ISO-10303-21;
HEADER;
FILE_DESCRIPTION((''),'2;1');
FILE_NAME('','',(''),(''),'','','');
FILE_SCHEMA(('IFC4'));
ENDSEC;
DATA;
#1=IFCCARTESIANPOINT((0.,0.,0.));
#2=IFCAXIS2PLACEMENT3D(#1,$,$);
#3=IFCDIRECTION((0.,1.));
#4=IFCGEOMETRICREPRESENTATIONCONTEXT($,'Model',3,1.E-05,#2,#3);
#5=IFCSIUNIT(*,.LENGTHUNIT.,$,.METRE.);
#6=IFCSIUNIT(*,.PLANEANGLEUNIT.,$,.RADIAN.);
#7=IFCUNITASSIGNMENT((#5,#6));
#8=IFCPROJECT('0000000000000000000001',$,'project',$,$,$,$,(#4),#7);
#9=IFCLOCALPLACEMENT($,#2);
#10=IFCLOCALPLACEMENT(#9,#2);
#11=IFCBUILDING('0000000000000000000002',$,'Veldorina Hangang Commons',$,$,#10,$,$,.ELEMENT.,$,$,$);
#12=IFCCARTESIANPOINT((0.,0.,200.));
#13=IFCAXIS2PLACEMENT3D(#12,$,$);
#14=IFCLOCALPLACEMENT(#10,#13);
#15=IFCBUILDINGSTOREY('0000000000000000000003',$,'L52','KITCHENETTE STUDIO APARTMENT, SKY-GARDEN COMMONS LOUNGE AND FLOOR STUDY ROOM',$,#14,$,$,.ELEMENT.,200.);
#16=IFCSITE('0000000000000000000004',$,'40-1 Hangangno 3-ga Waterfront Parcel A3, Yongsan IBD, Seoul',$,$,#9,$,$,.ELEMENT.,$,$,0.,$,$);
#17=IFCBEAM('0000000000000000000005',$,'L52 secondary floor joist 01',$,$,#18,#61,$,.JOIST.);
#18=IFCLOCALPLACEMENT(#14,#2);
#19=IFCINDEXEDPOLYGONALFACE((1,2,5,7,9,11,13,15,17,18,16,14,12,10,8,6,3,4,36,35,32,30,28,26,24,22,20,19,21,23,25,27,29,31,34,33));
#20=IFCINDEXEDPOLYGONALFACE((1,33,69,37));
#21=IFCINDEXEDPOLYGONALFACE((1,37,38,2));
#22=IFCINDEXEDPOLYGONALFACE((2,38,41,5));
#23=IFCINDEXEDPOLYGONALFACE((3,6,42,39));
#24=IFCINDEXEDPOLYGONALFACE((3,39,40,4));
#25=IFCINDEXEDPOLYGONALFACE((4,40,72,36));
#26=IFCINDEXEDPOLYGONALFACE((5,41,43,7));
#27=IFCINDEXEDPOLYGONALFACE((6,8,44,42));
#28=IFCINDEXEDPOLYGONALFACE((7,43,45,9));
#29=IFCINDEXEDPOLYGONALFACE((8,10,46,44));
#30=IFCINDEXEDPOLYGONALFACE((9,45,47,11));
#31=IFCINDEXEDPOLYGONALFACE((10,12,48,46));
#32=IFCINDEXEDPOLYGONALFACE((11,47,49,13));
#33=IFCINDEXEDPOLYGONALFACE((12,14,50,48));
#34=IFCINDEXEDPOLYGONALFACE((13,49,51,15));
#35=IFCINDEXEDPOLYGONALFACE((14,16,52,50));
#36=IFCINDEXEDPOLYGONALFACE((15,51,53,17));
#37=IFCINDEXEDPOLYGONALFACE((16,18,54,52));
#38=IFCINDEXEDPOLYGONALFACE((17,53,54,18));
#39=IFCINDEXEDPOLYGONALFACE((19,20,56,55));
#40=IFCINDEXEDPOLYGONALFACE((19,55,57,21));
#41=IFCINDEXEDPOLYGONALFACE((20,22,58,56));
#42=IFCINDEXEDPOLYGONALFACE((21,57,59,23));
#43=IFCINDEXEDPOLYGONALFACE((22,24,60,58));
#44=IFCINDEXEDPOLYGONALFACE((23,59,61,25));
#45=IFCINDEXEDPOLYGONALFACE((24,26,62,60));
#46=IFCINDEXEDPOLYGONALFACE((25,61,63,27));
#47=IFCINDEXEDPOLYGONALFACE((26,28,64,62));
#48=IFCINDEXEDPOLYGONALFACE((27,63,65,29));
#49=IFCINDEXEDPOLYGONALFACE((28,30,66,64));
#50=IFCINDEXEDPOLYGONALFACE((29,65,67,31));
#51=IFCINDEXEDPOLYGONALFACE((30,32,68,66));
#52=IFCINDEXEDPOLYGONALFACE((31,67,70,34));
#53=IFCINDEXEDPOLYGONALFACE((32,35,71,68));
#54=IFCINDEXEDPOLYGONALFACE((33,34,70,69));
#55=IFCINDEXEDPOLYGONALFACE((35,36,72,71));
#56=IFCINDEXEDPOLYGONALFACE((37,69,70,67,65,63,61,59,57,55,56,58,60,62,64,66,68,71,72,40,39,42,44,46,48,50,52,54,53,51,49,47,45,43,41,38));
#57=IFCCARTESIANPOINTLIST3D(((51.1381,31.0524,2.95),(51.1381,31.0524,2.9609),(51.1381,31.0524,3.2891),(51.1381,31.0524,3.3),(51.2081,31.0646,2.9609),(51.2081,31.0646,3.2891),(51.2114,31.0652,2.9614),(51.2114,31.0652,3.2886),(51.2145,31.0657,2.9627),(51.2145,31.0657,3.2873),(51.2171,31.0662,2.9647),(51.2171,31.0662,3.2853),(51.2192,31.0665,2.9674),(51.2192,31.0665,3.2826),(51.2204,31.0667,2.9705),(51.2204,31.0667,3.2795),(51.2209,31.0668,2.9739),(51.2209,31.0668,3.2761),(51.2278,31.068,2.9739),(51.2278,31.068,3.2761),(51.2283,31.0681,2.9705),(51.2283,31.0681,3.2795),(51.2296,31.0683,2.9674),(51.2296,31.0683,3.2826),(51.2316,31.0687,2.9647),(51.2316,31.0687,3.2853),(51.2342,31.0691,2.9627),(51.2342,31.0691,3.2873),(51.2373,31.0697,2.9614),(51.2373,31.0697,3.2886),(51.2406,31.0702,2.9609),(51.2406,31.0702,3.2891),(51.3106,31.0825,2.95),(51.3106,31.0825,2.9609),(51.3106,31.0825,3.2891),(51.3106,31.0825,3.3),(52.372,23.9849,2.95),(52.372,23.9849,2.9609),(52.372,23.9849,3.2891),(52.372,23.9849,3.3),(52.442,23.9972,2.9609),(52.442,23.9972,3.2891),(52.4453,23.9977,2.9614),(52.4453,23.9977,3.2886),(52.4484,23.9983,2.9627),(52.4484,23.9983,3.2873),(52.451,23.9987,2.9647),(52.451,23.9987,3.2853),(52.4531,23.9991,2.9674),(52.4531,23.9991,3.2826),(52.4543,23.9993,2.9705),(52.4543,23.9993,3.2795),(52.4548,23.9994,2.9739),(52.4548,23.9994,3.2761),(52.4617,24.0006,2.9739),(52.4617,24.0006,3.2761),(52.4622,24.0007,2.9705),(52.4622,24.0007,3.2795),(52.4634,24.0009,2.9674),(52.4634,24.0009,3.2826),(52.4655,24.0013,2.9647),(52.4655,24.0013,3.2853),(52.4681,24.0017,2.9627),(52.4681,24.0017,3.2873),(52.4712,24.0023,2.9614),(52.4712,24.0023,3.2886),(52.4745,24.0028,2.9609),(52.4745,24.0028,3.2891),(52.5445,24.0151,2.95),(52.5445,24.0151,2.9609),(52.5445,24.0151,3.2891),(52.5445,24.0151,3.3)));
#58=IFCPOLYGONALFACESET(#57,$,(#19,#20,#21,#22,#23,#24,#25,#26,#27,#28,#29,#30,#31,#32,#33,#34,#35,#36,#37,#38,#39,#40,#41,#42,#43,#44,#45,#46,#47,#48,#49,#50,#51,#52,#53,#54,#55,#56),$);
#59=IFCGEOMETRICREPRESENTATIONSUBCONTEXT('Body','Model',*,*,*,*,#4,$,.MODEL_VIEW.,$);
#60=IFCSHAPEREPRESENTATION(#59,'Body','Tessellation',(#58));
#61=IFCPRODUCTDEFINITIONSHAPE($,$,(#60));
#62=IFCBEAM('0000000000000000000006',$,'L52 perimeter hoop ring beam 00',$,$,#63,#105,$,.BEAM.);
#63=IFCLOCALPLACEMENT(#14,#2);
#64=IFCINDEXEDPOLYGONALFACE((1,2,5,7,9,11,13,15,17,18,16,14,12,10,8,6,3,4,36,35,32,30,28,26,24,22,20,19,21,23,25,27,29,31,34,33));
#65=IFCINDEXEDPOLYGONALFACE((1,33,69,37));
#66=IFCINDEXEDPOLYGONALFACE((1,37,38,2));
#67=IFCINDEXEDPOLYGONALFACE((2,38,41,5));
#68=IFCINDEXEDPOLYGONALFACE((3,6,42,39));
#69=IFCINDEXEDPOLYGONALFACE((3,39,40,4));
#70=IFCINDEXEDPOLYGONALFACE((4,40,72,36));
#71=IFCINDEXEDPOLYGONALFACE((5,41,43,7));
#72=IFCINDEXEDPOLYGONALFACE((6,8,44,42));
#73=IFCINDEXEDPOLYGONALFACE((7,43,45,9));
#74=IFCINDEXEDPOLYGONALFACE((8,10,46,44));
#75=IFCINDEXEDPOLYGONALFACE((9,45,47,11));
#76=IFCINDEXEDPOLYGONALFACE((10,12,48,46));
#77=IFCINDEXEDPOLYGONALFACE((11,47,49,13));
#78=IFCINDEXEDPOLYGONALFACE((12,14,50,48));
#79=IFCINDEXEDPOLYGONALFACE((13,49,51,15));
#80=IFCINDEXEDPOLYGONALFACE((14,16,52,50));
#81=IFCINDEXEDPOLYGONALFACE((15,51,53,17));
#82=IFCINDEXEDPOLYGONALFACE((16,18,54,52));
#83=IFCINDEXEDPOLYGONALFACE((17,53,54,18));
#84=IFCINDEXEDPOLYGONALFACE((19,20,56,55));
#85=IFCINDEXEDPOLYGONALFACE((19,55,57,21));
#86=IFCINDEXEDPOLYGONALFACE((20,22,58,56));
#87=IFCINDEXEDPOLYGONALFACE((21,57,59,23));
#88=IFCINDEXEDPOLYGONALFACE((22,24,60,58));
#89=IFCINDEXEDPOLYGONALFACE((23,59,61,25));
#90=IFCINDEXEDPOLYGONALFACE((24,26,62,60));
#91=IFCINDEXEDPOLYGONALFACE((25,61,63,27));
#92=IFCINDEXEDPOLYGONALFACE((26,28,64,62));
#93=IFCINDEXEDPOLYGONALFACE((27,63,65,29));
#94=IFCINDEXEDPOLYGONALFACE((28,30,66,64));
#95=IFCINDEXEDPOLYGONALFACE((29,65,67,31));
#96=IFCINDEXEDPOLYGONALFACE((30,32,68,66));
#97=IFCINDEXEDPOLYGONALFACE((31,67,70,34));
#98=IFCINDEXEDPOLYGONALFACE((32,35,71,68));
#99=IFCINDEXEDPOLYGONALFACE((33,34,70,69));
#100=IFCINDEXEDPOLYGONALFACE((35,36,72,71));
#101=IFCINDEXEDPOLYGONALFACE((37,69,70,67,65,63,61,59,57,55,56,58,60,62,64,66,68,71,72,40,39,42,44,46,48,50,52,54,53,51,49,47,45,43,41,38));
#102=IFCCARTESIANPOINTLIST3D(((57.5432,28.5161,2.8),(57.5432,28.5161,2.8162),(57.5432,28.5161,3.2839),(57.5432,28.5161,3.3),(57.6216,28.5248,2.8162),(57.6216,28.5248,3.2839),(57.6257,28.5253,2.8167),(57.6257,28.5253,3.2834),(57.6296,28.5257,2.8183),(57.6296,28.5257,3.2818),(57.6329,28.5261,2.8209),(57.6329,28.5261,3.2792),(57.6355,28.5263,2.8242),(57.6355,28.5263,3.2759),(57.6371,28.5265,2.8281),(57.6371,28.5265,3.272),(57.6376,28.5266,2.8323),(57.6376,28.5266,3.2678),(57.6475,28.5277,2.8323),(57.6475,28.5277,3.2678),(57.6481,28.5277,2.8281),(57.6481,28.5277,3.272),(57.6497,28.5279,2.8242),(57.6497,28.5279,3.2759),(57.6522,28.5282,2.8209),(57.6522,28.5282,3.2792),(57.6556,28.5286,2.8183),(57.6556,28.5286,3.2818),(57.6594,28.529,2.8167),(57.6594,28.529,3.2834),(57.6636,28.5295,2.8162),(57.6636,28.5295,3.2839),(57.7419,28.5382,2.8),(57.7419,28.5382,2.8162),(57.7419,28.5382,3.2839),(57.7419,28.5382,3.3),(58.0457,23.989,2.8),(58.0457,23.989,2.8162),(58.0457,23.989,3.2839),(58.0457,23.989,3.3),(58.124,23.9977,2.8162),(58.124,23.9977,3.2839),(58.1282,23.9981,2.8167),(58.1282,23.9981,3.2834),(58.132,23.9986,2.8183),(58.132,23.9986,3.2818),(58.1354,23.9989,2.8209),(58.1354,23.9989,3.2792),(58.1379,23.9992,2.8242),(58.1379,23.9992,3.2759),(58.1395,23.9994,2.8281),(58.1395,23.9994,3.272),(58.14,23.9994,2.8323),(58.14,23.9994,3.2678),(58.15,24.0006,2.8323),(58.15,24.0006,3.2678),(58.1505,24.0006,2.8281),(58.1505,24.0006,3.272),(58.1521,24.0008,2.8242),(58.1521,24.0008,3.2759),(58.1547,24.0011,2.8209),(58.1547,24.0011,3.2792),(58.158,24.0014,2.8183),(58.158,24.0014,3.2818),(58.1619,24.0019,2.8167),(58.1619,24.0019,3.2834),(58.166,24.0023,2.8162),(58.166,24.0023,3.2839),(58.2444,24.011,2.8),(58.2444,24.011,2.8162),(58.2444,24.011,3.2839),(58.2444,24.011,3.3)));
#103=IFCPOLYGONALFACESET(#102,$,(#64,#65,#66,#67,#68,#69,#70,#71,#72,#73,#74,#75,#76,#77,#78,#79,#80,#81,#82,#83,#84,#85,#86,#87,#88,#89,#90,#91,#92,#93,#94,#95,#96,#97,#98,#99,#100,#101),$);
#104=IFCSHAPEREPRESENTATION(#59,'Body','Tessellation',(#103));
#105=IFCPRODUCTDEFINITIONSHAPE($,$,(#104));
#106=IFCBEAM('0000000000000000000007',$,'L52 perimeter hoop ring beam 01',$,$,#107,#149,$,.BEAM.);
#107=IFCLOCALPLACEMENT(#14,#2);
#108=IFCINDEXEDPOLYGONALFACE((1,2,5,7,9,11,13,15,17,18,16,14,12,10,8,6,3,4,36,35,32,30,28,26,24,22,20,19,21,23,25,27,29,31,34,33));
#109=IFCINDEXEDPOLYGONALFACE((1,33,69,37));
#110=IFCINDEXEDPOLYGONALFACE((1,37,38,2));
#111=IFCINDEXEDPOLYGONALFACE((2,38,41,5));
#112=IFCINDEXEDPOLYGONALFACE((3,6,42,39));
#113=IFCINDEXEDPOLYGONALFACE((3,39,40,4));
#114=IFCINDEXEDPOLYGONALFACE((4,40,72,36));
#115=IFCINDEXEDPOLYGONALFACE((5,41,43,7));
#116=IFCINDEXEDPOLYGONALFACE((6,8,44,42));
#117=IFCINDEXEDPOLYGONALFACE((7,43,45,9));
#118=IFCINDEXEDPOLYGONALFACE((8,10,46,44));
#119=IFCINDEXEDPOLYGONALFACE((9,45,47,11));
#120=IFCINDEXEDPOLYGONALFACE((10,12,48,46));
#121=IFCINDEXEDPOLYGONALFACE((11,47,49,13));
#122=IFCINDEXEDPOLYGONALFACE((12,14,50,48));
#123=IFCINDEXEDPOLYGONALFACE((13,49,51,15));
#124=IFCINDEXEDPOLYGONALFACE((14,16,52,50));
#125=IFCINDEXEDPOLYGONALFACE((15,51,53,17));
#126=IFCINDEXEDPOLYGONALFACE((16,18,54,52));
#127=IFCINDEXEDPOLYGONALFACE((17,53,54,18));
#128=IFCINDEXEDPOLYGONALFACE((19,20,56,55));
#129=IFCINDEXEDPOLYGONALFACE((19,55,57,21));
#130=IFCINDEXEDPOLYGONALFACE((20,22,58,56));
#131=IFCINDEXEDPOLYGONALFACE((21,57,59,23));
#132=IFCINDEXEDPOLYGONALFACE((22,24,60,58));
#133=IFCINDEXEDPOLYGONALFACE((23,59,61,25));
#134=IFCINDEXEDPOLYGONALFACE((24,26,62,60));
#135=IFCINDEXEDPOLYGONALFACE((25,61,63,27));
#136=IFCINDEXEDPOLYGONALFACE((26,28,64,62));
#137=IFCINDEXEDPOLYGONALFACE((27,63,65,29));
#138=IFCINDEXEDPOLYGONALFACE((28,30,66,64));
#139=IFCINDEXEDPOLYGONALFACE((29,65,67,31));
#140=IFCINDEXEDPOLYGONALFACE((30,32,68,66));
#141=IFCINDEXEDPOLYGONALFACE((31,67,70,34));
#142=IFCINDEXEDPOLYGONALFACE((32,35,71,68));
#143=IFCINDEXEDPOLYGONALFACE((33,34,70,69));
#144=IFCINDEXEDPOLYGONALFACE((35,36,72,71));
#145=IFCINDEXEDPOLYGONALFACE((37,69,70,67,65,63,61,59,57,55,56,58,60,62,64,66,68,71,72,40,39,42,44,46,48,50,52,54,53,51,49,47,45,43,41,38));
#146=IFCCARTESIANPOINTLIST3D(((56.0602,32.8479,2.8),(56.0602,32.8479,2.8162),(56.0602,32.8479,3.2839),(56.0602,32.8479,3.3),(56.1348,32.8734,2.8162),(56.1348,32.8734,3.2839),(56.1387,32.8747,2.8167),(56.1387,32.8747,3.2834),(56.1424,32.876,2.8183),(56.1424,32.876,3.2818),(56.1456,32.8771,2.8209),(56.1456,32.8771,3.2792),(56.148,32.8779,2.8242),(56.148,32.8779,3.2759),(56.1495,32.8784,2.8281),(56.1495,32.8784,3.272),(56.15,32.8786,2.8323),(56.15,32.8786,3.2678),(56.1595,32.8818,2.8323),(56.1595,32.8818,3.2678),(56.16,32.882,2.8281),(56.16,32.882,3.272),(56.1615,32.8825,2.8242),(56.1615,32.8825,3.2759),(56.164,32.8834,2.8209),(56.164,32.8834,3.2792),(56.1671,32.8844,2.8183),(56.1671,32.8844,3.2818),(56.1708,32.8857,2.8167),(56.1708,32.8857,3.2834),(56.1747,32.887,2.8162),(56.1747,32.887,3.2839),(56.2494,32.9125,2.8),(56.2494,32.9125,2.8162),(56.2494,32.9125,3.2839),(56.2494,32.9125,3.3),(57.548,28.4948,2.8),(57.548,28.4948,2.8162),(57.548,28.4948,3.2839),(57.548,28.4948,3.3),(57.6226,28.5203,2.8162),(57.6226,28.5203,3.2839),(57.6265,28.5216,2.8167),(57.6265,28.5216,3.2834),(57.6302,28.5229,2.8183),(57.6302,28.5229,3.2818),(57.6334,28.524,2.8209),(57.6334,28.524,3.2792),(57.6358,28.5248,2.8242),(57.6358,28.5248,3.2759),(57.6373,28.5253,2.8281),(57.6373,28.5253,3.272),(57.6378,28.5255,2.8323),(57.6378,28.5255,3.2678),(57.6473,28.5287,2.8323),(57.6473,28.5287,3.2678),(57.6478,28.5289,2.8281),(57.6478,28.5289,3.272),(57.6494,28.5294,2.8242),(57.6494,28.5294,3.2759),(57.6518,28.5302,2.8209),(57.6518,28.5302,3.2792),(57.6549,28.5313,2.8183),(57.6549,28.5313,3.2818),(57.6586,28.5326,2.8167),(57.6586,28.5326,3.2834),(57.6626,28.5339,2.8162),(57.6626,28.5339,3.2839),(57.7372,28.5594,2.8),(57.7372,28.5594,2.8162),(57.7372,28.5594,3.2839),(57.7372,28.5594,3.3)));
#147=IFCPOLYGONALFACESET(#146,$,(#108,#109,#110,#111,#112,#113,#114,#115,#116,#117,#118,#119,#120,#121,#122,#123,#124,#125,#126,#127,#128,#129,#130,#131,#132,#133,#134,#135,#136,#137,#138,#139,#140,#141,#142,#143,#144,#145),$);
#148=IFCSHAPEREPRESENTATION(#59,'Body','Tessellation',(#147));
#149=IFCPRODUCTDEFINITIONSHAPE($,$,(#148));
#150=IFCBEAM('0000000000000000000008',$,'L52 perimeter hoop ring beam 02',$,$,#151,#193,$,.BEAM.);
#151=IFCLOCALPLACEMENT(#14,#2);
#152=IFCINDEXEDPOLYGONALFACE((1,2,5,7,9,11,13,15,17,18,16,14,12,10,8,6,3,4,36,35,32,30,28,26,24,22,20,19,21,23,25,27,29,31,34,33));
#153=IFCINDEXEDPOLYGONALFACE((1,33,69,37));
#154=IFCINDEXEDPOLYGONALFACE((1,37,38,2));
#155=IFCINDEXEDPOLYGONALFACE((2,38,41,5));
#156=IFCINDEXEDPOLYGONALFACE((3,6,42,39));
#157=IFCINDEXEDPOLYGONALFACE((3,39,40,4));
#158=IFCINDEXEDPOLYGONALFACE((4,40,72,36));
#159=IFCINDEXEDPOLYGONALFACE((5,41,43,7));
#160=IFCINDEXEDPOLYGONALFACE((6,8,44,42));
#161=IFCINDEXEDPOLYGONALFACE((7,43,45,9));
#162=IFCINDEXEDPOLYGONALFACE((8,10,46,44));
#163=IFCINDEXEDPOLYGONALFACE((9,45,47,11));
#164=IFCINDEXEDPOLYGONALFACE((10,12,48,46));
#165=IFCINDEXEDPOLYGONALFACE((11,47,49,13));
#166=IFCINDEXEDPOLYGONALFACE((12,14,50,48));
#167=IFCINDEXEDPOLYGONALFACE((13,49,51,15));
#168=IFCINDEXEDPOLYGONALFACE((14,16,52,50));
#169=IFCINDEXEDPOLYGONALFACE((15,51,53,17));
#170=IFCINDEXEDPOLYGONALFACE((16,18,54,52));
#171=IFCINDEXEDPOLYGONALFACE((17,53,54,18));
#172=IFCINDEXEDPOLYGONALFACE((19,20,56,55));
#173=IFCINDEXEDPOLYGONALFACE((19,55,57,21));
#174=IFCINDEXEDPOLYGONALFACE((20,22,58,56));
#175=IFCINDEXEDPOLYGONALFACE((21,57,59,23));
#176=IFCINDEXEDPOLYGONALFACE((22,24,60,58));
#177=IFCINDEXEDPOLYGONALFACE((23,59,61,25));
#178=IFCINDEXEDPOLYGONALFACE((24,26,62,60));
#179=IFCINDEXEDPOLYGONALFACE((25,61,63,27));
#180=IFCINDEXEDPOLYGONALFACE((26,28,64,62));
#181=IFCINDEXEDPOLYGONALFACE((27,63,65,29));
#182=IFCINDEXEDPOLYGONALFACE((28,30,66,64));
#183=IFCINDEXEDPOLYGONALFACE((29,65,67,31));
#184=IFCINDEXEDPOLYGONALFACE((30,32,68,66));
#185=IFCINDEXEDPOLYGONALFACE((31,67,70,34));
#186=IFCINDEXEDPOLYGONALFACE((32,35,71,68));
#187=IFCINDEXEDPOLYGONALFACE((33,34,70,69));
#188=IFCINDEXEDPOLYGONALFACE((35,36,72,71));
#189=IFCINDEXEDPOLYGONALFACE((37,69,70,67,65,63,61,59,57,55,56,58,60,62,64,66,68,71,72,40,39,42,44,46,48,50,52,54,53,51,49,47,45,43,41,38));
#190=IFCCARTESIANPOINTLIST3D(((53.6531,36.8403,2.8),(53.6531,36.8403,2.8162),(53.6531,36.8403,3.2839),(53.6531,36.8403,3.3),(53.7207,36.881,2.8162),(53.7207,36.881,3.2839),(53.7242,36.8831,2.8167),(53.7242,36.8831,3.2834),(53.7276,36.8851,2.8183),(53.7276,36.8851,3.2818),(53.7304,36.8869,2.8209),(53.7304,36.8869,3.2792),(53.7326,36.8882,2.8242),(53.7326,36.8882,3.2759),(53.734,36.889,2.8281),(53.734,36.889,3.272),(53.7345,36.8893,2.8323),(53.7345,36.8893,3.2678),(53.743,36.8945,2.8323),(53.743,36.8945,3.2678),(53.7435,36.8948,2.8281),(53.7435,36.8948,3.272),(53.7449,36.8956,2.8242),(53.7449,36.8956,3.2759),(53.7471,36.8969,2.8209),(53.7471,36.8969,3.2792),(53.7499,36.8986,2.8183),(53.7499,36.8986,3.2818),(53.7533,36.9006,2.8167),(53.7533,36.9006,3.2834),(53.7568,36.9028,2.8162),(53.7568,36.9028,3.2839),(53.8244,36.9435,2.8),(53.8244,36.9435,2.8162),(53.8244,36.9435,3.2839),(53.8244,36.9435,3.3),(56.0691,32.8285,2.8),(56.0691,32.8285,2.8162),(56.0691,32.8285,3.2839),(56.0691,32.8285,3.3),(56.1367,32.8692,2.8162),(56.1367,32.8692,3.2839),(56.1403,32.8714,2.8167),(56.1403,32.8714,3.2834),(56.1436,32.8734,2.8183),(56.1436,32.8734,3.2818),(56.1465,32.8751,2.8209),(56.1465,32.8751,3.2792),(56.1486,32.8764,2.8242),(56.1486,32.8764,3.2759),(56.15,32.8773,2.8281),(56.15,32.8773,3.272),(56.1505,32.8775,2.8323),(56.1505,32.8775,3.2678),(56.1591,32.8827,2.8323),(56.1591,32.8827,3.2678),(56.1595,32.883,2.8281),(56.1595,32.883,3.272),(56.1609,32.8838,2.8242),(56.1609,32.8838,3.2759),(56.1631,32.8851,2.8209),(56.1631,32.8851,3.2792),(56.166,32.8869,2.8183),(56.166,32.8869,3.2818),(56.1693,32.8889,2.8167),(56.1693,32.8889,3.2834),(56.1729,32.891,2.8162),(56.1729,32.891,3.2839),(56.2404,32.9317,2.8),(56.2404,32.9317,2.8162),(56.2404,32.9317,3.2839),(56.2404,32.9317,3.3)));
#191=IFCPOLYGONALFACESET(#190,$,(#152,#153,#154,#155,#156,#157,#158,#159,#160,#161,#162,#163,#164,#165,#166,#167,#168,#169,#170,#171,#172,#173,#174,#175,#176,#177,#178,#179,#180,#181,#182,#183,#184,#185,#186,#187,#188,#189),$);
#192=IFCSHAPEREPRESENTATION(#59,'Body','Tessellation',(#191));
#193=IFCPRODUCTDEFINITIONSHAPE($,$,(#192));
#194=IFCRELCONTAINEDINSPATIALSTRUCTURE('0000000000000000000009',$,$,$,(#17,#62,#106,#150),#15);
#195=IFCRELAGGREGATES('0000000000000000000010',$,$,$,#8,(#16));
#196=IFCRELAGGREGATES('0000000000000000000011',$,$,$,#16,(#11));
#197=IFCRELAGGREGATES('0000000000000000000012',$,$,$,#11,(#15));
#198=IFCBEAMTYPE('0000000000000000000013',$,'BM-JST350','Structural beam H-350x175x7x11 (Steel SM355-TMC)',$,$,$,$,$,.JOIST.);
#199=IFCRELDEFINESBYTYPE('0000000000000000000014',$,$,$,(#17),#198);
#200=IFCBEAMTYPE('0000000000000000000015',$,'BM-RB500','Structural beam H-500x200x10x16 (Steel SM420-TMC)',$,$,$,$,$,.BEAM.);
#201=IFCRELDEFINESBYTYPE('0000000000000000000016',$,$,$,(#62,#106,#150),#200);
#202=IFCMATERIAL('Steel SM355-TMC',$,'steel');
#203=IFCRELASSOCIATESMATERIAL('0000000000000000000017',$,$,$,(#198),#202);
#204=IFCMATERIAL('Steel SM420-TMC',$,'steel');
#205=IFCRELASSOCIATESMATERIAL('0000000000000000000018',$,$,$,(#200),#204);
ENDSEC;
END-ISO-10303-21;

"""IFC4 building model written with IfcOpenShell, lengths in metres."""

from ifc_helpers import new_model, si_unit, direction, frame, origin, origin_2d, place, context, subcontext, project, spatial, i_section, extrude, material, material_profile, profile_set, type_object, element, save


model = new_model("IFC4")

# Units and contexts
model_context = context("Model", 3, precision=1e-05, world=origin(), true_north=direction((0.0, 1.0)))
body_context = subcontext(model_context, "Body", "Model", "MODEL_VIEW")
ifc_project = project(units=[si_unit("LENGTHUNIT", "METRE"), si_unit("PLANEANGLEUNIT", "RADIAN")], contexts=[model_context])

# Site, building, storey
site_placement = place(None, origin())
site = spatial("IfcSite", under=ifc_project, at=site_placement, Name="40-1 Hangangno 3-ga Waterfront Parcel A3, Yongsan IBD, Seoul", CompositionType="ELEMENT", RefElevation=0.0)
building_placement = place(site_placement, origin())
building = spatial("IfcBuilding", under=site, at=building_placement, Name="Veldorina Hangang Commons", CompositionType="ELEMENT")
storey_placement = place(building_placement, frame((0.0, 0.0, 200.0)))
storey = spatial("IfcBuildingStorey", under=building, at=storey_placement, Name="L52", Description="KITCHENETTE STUDIO APARTMENT, SKY-GARDEN COMMONS LOUNGE AND FLOOR STUDY ROOM", CompositionType="ELEMENT", Elevation=200.0)

# Beams
ifc_material_1 = material(Name="Steel SM355-TMC", Category="steel")
ifc_material_profile_1 = material_profile(ifc_material_1, i_section(OverallWidth=0.175, OverallDepth=0.3501, WebThickness=0.0071, FlangeThickness=0.011, FilletRadius=0.0129, at=origin_2d()), Name="H-350x175x7x11")
ifc_profile_set_1 = profile_set([ifc_material_profile_1], Name="Steel SM355-TMC")
beam_type_1 = type_object("IfcBeamType", Name="BM-JST350", Description="Structural beam H-350x175x7x11 (Steel SM355-TMC)", PredefinedType="JOIST", material=ifc_profile_set_1)
beam_1_placement = place(storey_placement, frame((52.4583, 24.0, 3.125), z_axis=(-0.171987, 0.985099, 0.0), x_axis=(-0.985099, -0.171987, 0.0)))
element("IfcBeam", 1, at=beam_1_placement, inside=storey, type_object=beam_type_1, Name="L52 secondary floor joist 01", PredefinedType="JOIST", context=body_context, shape_type="SweptSolid", body=[
    extrude(i_section(OverallWidth=0.175, OverallDepth=0.3501, WebThickness=0.0071, FlangeThickness=0.011, FilletRadius=0.0129, at=origin_2d()), origin(), (0.0, 0.0, 1.0), 7.1743),
])
ifc_material_2 = material(Name="Steel SM420-TMC", Category="steel")
ifc_material_profile_2 = material_profile(ifc_material_2, i_section(OverallWidth=0.2, OverallDepth=0.5, WebThickness=0.01, FlangeThickness=0.0161, FilletRadius=0.0161, at=origin_2d()), Name="H-500x200x10x16")
ifc_profile_set_2 = profile_set([ifc_material_profile_2], Name="Steel SM420-TMC")
beam_type_2 = type_object("IfcBeamType", Name="BM-RB500", Description="Structural beam H-500x200x10x16 (Steel SM420-TMC)", PredefinedType="BEAM", material=ifc_profile_set_2)
beam_2_placement = place(storey_placement, frame((58.145, 24.0, 3.05), z_axis=(-0.110308, 0.993897, 0.0), x_axis=(-0.993897, -0.110308, 0.0)))
element("IfcBeam", 2, at=beam_2_placement, inside=storey, type_object=beam_type_2, Name="L52 perimeter hoop ring beam 00", PredefinedType="BEAM", context=body_context, shape_type="SweptSolid", body=[
    extrude(i_section(OverallWidth=0.2, OverallDepth=0.5, WebThickness=0.01, FlangeThickness=0.0161, FilletRadius=0.0161, at=origin_2d()), origin(), (0.0, 0.0, 1.0), 4.5549),
])
beam_3_placement = place(storey_placement, frame((57.6426, 28.5271, 3.05), z_axis=(-0.323415, 0.946257, 0.0), x_axis=(-0.946257, -0.323415, 0.0)))
element("IfcBeam", 3, at=beam_3_placement, inside=storey, type_object=beam_type_2, Name="L52 perimeter hoop ring beam 01", PredefinedType="BEAM", context=body_context, shape_type="SweptSolid", body=[
    extrude(i_section(OverallWidth=0.2, OverallDepth=0.5, WebThickness=0.01, FlangeThickness=0.0161, FilletRadius=0.0161, at=origin_2d()), origin(), (0.0, 0.0, 1.0), 4.6003),
])
beam_4_placement = place(storey_placement, frame((56.1548, 32.8801, 3.05), z_axis=(-0.515906, 0.856645, 0.0), x_axis=(-0.856645, -0.515906, 0.0)))
element("IfcBeam", 4, at=beam_4_placement, inside=storey, type_object=beam_type_2, Name="L52 perimeter hoop ring beam 02", PredefinedType="BEAM", context=body_context, shape_type="SweptSolid", body=[
    extrude(i_section(OverallWidth=0.2, OverallDepth=0.5, WebThickness=0.01, FlangeThickness=0.0161, FilletRadius=0.0161, at=origin_2d()), origin(), (0.0, 0.0, 1.0), 4.6831),
])

save(model, "model.ifc")
